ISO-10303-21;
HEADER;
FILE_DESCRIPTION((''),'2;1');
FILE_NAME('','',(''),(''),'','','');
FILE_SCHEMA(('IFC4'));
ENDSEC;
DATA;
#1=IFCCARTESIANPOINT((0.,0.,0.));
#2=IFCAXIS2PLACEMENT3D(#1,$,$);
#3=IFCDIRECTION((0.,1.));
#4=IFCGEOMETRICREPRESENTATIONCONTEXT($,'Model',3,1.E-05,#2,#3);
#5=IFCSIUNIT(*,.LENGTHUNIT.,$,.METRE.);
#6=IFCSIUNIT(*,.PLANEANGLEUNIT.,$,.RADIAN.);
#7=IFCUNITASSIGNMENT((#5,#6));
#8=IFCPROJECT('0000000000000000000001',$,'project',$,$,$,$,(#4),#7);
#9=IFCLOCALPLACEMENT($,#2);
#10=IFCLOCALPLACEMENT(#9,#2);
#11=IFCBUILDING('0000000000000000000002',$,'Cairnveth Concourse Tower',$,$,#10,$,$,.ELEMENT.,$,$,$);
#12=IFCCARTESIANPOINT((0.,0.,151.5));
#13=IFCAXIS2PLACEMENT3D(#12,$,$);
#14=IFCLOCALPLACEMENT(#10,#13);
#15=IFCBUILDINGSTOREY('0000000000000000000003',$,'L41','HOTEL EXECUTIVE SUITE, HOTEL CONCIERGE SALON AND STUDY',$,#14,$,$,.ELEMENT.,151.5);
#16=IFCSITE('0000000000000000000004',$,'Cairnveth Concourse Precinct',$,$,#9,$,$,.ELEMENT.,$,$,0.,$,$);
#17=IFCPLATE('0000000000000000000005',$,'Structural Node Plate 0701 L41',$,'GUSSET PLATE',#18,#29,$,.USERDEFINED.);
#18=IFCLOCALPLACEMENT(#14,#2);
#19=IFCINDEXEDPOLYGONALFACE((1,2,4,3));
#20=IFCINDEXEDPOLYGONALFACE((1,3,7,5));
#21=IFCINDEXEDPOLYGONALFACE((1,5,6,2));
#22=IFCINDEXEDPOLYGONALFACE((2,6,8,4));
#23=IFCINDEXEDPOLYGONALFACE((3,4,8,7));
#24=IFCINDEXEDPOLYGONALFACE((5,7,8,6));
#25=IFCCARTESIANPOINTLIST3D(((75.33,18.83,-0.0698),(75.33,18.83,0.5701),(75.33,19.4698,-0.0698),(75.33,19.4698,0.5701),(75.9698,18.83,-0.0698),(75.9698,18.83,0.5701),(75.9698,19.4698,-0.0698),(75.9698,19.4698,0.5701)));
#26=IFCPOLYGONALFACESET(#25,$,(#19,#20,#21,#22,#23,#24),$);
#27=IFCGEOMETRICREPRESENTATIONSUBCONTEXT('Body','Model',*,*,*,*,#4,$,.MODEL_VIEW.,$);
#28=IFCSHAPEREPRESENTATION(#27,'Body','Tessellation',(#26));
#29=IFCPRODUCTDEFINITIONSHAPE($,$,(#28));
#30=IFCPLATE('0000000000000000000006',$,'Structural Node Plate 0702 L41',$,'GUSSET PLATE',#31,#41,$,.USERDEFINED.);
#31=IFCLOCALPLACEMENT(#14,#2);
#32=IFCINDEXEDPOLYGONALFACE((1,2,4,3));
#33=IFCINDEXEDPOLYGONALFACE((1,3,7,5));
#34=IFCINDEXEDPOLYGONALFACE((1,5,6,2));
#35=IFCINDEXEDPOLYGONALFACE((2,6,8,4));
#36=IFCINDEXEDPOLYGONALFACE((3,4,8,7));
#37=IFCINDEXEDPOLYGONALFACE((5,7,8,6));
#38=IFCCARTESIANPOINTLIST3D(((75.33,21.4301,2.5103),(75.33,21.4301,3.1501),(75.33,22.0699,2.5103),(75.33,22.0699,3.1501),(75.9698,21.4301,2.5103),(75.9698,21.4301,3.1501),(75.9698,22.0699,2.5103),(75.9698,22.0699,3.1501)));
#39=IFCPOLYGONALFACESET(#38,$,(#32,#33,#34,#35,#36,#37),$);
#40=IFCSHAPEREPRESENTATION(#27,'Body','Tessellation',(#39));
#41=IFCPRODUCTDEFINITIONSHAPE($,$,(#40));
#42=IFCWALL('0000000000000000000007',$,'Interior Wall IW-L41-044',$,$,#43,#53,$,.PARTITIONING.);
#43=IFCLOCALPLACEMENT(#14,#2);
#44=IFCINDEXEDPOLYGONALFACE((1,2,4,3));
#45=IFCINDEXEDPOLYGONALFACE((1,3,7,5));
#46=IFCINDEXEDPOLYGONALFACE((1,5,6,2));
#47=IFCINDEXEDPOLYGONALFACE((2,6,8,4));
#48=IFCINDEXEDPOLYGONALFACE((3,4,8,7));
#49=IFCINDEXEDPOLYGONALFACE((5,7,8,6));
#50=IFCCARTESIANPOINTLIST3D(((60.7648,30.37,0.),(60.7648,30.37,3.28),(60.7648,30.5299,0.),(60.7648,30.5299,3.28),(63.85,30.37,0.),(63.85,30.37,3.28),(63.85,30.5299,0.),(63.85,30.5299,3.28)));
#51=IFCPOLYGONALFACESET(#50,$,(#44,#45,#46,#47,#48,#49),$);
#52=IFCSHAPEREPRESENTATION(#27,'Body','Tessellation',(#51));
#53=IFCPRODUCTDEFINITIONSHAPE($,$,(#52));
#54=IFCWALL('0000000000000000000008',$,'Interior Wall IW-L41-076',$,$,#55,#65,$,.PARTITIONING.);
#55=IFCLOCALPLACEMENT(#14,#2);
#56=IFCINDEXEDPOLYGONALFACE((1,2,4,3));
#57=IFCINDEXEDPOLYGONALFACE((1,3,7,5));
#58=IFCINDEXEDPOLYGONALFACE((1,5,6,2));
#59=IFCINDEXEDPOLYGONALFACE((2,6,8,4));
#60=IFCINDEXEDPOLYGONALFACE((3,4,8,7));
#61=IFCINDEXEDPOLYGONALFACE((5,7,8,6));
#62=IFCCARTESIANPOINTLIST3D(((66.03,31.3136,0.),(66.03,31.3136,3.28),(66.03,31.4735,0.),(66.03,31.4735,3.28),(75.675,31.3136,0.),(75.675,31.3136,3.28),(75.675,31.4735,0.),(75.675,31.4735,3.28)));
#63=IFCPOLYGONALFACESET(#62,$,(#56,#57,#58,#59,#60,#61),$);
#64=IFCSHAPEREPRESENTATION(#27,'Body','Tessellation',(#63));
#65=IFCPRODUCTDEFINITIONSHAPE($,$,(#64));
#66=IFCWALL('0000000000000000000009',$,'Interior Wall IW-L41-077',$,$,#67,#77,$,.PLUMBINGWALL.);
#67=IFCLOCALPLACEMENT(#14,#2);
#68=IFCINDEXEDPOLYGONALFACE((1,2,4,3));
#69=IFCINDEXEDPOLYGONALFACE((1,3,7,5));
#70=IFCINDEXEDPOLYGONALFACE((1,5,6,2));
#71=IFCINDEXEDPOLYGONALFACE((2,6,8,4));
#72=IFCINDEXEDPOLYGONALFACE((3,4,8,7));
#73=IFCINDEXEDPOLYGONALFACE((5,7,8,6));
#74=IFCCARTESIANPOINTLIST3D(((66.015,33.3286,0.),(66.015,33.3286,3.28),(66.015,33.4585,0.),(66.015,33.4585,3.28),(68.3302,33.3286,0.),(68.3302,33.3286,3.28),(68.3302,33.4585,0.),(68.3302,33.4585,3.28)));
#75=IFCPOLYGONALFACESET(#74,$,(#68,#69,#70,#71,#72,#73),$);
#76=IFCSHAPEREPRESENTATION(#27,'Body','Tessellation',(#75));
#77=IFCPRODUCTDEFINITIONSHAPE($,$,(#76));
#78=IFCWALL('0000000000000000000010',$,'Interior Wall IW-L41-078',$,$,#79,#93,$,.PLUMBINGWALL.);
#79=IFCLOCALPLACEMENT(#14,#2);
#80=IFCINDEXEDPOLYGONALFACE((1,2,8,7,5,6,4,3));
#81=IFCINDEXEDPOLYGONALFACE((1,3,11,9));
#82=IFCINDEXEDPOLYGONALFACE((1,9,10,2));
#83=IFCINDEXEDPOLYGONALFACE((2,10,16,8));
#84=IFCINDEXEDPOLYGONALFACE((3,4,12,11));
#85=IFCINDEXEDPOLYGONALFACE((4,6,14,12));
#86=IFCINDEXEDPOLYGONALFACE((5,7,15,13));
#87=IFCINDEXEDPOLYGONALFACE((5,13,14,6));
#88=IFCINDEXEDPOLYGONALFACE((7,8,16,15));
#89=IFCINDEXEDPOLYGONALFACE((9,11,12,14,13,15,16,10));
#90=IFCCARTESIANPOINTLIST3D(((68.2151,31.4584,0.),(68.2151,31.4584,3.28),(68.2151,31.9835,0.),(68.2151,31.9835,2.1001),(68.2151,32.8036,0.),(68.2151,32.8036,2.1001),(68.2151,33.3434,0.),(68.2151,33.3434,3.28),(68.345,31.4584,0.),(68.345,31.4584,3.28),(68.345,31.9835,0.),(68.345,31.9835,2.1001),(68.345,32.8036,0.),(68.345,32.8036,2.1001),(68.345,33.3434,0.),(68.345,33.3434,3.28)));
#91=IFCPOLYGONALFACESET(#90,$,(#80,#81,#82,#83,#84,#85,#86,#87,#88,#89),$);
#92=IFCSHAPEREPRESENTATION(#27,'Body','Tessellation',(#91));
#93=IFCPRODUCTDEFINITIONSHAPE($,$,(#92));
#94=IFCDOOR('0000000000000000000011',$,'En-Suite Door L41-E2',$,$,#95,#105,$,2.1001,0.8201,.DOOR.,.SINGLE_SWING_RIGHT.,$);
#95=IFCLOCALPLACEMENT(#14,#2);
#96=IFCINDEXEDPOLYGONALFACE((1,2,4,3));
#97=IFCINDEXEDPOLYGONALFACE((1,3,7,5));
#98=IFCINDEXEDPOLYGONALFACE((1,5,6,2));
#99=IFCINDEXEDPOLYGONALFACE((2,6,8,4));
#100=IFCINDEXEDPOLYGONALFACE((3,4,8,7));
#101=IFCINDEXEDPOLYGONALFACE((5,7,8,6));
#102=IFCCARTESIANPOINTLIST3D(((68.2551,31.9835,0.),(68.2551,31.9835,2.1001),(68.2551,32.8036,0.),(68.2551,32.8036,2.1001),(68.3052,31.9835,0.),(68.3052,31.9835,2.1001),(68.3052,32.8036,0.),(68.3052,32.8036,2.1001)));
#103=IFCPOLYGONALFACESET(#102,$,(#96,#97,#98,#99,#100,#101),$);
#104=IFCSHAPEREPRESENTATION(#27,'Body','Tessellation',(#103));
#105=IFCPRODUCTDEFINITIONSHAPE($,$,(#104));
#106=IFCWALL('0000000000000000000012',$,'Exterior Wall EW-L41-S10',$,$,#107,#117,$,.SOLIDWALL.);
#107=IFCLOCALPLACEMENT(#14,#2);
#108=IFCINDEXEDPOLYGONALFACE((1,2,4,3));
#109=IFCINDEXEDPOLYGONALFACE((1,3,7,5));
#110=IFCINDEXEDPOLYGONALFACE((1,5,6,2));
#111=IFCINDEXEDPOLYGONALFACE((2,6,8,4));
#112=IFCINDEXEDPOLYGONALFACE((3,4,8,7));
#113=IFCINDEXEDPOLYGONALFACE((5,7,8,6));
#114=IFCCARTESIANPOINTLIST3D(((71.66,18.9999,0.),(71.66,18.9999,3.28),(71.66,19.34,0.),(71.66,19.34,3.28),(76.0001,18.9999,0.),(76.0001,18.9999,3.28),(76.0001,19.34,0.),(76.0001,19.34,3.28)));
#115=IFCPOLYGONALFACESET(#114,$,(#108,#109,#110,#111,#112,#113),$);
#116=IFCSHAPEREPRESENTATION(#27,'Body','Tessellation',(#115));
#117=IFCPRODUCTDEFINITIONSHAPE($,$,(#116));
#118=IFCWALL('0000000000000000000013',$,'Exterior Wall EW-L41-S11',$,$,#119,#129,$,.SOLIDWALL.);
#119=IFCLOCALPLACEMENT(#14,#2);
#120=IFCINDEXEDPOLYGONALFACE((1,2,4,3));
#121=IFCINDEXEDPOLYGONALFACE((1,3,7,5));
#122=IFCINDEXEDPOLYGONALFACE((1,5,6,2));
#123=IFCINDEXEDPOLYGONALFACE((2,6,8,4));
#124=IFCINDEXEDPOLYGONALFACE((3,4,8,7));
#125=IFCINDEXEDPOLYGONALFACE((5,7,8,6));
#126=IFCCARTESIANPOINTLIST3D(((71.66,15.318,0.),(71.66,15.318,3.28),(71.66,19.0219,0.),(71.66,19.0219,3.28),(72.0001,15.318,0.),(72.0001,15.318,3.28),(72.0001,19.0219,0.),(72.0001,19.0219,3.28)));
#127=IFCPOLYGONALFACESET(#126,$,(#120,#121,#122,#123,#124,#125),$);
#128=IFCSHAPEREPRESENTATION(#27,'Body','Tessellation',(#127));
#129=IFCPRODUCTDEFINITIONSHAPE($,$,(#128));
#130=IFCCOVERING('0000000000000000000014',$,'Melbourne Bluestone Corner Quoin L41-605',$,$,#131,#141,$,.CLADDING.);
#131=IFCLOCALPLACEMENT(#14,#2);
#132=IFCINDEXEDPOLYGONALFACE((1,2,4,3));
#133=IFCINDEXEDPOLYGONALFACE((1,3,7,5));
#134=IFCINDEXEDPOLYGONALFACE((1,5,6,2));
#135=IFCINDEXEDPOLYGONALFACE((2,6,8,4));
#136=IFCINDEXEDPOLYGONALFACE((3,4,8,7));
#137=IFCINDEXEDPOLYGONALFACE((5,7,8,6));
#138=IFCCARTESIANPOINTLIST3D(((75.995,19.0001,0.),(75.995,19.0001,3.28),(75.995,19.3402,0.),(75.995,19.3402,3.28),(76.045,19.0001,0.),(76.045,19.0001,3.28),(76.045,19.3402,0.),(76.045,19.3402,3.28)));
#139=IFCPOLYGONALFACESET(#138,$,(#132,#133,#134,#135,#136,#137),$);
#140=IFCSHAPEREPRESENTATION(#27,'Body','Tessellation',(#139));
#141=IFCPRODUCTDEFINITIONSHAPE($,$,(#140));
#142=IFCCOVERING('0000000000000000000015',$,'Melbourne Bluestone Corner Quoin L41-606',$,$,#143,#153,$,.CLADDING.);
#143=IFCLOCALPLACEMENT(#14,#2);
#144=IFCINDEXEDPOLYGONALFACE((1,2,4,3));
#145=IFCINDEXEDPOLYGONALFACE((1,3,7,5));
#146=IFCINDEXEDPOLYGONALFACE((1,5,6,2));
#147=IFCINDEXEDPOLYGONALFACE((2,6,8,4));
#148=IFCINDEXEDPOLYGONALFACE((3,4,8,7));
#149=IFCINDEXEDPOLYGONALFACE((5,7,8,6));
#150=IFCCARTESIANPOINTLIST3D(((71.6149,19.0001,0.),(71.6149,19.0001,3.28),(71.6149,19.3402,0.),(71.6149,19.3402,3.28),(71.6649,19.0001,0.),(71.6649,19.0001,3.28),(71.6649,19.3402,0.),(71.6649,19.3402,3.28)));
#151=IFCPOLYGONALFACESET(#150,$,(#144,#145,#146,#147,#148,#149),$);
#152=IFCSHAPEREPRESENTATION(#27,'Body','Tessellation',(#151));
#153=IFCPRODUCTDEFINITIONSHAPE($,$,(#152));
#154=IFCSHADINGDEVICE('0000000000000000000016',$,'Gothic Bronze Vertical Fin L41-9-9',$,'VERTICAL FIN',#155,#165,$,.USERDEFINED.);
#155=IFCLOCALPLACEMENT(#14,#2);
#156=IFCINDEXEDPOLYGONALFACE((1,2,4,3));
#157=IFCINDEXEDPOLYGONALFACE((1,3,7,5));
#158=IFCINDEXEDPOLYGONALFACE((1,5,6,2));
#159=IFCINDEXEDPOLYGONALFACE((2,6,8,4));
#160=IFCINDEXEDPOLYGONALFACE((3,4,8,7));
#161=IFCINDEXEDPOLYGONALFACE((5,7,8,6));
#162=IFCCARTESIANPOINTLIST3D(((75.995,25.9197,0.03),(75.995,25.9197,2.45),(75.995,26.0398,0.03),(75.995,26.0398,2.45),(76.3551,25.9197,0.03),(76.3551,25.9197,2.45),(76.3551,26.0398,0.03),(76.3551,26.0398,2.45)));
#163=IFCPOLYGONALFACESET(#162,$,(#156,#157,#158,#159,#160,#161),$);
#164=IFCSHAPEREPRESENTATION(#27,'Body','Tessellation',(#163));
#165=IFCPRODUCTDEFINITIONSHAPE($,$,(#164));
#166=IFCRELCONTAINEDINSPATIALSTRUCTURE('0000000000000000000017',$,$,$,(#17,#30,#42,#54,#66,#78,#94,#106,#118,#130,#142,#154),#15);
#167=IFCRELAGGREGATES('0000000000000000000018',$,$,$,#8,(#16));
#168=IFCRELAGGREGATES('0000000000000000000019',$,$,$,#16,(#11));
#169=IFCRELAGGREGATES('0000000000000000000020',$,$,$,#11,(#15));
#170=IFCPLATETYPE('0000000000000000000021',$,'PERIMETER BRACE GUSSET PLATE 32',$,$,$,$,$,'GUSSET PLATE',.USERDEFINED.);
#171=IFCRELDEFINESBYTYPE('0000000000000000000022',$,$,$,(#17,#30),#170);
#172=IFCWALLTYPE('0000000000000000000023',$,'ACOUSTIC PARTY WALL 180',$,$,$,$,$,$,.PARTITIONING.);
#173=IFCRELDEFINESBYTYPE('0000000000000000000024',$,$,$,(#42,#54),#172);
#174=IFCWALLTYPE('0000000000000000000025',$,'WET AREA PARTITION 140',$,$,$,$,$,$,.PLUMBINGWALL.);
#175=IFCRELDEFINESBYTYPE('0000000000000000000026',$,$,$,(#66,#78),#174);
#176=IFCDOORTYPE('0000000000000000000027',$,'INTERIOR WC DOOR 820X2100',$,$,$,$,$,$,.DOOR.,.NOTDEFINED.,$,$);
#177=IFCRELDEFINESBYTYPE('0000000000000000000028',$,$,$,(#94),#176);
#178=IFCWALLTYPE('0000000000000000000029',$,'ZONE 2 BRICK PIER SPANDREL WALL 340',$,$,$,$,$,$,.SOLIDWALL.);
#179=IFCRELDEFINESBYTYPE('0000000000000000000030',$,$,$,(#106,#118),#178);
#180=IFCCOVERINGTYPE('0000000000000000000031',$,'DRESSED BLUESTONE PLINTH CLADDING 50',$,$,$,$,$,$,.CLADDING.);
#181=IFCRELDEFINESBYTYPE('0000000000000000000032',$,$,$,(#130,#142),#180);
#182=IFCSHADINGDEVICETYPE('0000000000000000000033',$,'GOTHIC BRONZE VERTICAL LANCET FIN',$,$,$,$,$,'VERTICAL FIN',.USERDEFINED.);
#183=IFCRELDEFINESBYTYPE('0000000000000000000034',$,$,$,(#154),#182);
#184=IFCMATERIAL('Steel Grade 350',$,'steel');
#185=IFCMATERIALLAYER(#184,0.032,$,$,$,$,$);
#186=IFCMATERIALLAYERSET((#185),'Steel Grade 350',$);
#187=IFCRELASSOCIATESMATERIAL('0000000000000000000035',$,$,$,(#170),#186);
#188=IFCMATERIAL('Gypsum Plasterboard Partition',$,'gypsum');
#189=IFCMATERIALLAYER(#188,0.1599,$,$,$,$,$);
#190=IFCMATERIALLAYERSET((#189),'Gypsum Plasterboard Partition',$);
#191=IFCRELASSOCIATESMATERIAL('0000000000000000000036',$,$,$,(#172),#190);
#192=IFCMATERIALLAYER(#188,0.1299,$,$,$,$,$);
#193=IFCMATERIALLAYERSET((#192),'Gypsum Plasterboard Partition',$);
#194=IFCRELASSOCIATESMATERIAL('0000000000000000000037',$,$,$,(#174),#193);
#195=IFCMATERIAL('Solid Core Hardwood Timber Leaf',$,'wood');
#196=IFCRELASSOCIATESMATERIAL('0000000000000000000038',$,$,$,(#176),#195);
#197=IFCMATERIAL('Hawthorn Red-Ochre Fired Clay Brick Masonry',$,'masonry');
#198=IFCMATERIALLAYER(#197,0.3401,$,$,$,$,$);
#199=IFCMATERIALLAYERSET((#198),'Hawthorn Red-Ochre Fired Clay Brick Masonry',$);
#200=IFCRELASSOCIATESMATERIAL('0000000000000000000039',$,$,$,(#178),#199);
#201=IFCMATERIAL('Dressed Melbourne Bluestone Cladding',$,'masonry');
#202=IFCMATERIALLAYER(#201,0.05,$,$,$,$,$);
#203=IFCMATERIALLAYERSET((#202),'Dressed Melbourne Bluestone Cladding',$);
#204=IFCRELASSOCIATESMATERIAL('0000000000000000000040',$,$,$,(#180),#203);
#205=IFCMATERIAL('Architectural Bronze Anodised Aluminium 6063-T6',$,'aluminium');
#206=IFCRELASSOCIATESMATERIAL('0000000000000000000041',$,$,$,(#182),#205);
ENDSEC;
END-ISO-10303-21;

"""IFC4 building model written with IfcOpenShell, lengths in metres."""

from ifc_helpers import new_model, si_unit, direction, frame, frame_2d, origin, origin_2d, place, context, subcontext, project, spatial, rectangle, extrude, material, layer, layer_set, type_object, element, fill, save


model = new_model("IFC4")

# Units and contexts
model_context = context("Model", 3, precision=1e-05, world=origin(), true_north=direction((0.0, 1.0)))
body_context = subcontext(model_context, "Body", "Model", "MODEL_VIEW")
ifc_project = project(units=[si_unit("LENGTHUNIT", "METRE"), si_unit("PLANEANGLEUNIT", "RADIAN")], contexts=[model_context])

# Site, building, storey
site_placement = place(None, origin())
site = spatial("IfcSite", under=ifc_project, at=site_placement, Name="Cairnveth Concourse Precinct", CompositionType="ELEMENT", RefElevation=0.0)
building_placement = place(site_placement, origin())
building = spatial("IfcBuilding", under=site, at=building_placement, Name="Cairnveth Concourse Tower", CompositionType="ELEMENT")
storey_placement = place(building_placement, frame((0.0, 0.0, 151.5)))
storey = spatial("IfcBuildingStorey", under=building, at=storey_placement, Name="L41", Description="HOTEL EXECUTIVE SUITE, HOTEL CONCIERGE SALON AND STUDY", CompositionType="ELEMENT", Elevation=151.5)

# Shared definitions
ifc_material_1 = material(Name="Steel Grade 350", Category="steel")

# Plates
ifc_layer_1 = layer(ifc_material_1, 0.032)
ifc_layer_set_1 = layer_set([ifc_layer_1], Name="Steel Grade 350")
plate_type = type_object("IfcPlateType", Name="PERIMETER BRACE GUSSET PLATE 32", ElementType="GUSSET PLATE", PredefinedType="USERDEFINED", material=ifc_layer_set_1)
for number, where, z_axis, x_axis, name in (
    (1, (75.6499, 19.1499, -0.0698), (0.0, 0.0, 1.0), (1.0, 0.0, 0.0), "Structural Node Plate 0701 L41"),
    (2, (75.6499, 21.75, 2.5103), (0.0, 0.0, 1.0), (1.0, 0.0, 0.0), "Structural Node Plate 0702 L41"),
):
    element("IfcPlate", number, at=place(storey_placement, frame(where, z_axis=z_axis, x_axis=x_axis)), inside=storey, type_object=plate_type, Name=name, ObjectType="GUSSET PLATE", PredefinedType="USERDEFINED", context=body_context, shape_type="SweptSolid", body=[
        extrude(rectangle(XDim=0.6399, YDim=0.6399, at=origin_2d()), origin(), (0.0, 0.0, 1.0), 0.6399),
    ])

# Walls
ifc_material_2 = material(Name="Gypsum Plasterboard Partition", Category="gypsum")
ifc_layer_2 = layer(ifc_material_2, 0.1599)
ifc_layer_set_2 = layer_set([ifc_layer_2], Name="Gypsum Plasterboard Partition")
wall_type_1 = type_object("IfcWallType", Name="ACOUSTIC PARTY WALL 180", PredefinedType="PARTITIONING", material=ifc_layer_set_2)
wall_1_placement = place(storey_placement, frame((60.7649, 30.45, 0.0), z_axis=(0.0, 0.0, 1.0), x_axis=(1.0, 0.0, 0.0)))
element("IfcWall", 3, at=wall_1_placement, inside=storey, type_object=wall_type_1, Name="Interior Wall IW-L41-044", PredefinedType="PARTITIONING", context=body_context, shape_type="SweptSolid", body=[
    extrude(rectangle(XDim=3.0852, YDim=0.1599, at=frame_2d((1.5425, 0.0))), origin(), (0.0, 0.0, 1.0), 3.28),
])
wall_2_placement = place(storey_placement, frame((66.03, 31.3936, 0.0), z_axis=(0.0, 0.0, 1.0), x_axis=(1.0, 0.0, 0.0)))
element("IfcWall", 4, at=wall_2_placement, inside=storey, type_object=wall_type_1, Name="Interior Wall IW-L41-076", PredefinedType="PARTITIONING", context=body_context, shape_type="SweptSolid", body=[
    extrude(rectangle(XDim=9.645, YDim=0.1599, at=frame_2d((4.8225, 0.0))), origin(), (0.0, 0.0, 1.0), 3.28),
])
ifc_layer_3 = layer(ifc_material_2, 0.1299)
ifc_layer_set_3 = layer_set([ifc_layer_3], Name="Gypsum Plasterboard Partition")
wall_type_2 = type_object("IfcWallType", Name="WET AREA PARTITION 140", PredefinedType="PLUMBINGWALL", material=ifc_layer_set_3)
wall_3_placement = place(storey_placement, frame((66.0149, 33.3936, 0.0), z_axis=(0.0, 0.0, 1.0), x_axis=(1.0, 0.0, 0.0)))
element("IfcWall", 5, at=wall_3_placement, inside=storey, type_object=wall_type_2, Name="Interior Wall IW-L41-077", PredefinedType="PLUMBINGWALL", context=body_context, shape_type="SweptSolid", body=[
    extrude(rectangle(XDim=2.3152, YDim=0.1299, at=frame_2d((1.1577, 0.0))), origin(), (0.0, 0.0, 1.0), 3.28),
])

# Wall, opening, door
wall_4_placement = place(storey_placement, frame((68.28, 31.4585, 0.0), z_axis=(0.0, 0.0, 1.0), x_axis=(0.0, 1.0, 0.0)))
wall_4 = element("IfcWall", 6, at=wall_4_placement, inside=storey, type_object=wall_type_2, Name="Interior Wall IW-L41-078", PredefinedType="PLUMBINGWALL", context=body_context, shape_type="SweptSolid", body=[
    extrude(rectangle(XDim=1.885, YDim=0.1299, at=frame_2d((0.9424, 0.0))), origin(), (0.0, 0.0, 1.0), 3.28),
])
opening_placement = place(wall_4_placement, frame((0.5249, 0.0, 0.0)))
opening = element("IfcOpeningElement", 7, at=opening_placement, cuts=wall_4, PredefinedType="OPENING", context=body_context, shape_type="SweptSolid", body=[
    extrude(rectangle(XDim=0.8201, YDim=2.1001, at=frame_2d((0.4102, 1.05))), frame((0.0, 0.075, 0.0), z_axis=(0.0, -1.0, 0.0), x_axis=(1.0, 0.0, 0.0)), (0.0, 0.0, 1.0), 0.1499),
])
ifc_material_3 = material(Name="Solid Core Hardwood Timber Leaf", Category="wood")
door_type = type_object("IfcDoorType", Name="INTERIOR WC DOOR 820X2100", OperationType="NOTDEFINED", PredefinedType="DOOR", material=ifc_material_3)
door_placement = place(opening_placement, origin())
door = element("IfcDoor", 8, at=door_placement, inside=storey, type_object=door_type, Name="En-Suite Door L41-E2", OperationType="SINGLE_SWING_RIGHT", OverallHeight=2.1001, OverallWidth=0.8201, PredefinedType="DOOR", context=body_context, shape_type="SweptSolid", body=[
    extrude(rectangle(XDim=0.8201, YDim=2.1001, at=frame_2d((0.4102, 1.05))), frame((0.0, 0.0249, 0.0), z_axis=(0.0, -1.0, 0.0), x_axis=(1.0, 0.0, 0.0)), (0.0, 0.0, 1.0), 0.05),
])
fill(opening, door)

# Walls
ifc_material_4 = material(Name="Hawthorn Red-Ochre Fired Clay Brick Masonry", Category="masonry")
ifc_layer_4 = layer(ifc_material_4, 0.3401)
ifc_layer_set_4 = layer_set([ifc_layer_4], Name="Hawthorn Red-Ochre Fired Clay Brick Masonry")
wall_type_3 = type_object("IfcWallType", Name="ZONE 2 BRICK PIER SPANDREL WALL 340", PredefinedType="SOLIDWALL", material=ifc_layer_set_4)
wall_5_placement = place(storey_placement, frame((76.0, 19.1699, 0.0), z_axis=(0.0, 0.0, 1.0), x_axis=(-1.0, 0.0, 0.0)))
element("IfcWall", 9, at=wall_5_placement, inside=storey, type_object=wall_type_3, Name="Exterior Wall EW-L41-S10", PredefinedType="SOLIDWALL", context=body_context, shape_type="SweptSolid", body=[
    extrude(rectangle(XDim=4.3401, YDim=0.3401, at=frame_2d((2.1699, 0.0))), origin(), (0.0, 0.0, 1.0), 3.28),
])
wall_6_placement = place(storey_placement, frame((71.8301, 19.022, 0.0), z_axis=(0.0, 0.0, 1.0), x_axis=(0.0, -1.0, 0.0)))
element("IfcWall", 10, at=wall_6_placement, inside=storey, type_object=wall_type_3, Name="Exterior Wall EW-L41-S11", PredefinedType="SOLIDWALL", context=body_context, shape_type="SweptSolid", body=[
    extrude(rectangle(XDim=3.7039, YDim=0.3401, at=frame_2d((1.8521, 0.0))), origin(), (0.0, 0.0, 1.0), 3.28),
])

# Coverings
ifc_material_5 = material(Name="Dressed Melbourne Bluestone Cladding", Category="masonry")
ifc_layer_5 = layer(ifc_material_5, 0.05)
ifc_layer_set_5 = layer_set([ifc_layer_5], Name="Dressed Melbourne Bluestone Cladding")
covering_type = type_object("IfcCoveringType", Name="DRESSED BLUESTONE PLINTH CLADDING 50", PredefinedType="CLADDING", material=ifc_layer_set_5)
for number, where, z_axis, x_axis, name in (
    (11, (76.02, 19.3401, 0.0), (0.0, 0.0, 1.0), (0.0, -1.0, 0.0), "Melbourne Bluestone Corner Quoin L41-605"),
    (12, (71.6399, 19.3401, 0.0), (0.0, 0.0, 1.0), (0.0, -1.0, 0.0), "Melbourne Bluestone Corner Quoin L41-606"),
):
    element("IfcCovering", number, at=place(storey_placement, frame(where, z_axis=z_axis, x_axis=x_axis)), inside=storey, type_object=covering_type, Name=name, PredefinedType="CLADDING", context=body_context, shape_type="SweptSolid", body=[
        extrude(rectangle(XDim=0.3401, YDim=0.05, at=frame_2d((0.1699, 0.0))), origin(), (0.0, 0.0, 1.0), 3.28),
    ])

# Shading device
ifc_material_6 = material(Name="Architectural Bronze Anodised Aluminium 6063-T6", Category="aluminium")
shading_device_type = type_object("IfcShadingDeviceType", Name="GOTHIC BRONZE VERTICAL LANCET FIN", ElementType="VERTICAL FIN", PredefinedType="USERDEFINED", material=ifc_material_6)
shading_device_placement = place(storey_placement, frame((76.175, 25.9797, 0.03), z_axis=(0.0, 0.0, 1.0), x_axis=(0.0, 1.0, 0.0)))
element("IfcShadingDevice", 13, at=shading_device_placement, inside=storey, type_object=shading_device_type, Name="Gothic Bronze Vertical Fin L41-9-9", ObjectType="VERTICAL FIN", PredefinedType="USERDEFINED", context=body_context, shape_type="SweptSolid", body=[
    extrude(rectangle(XDim=0.1201, YDim=0.3601, at=origin_2d()), origin(), (0.0, 0.0, 1.0), 2.4199),
])

save(model, "model.ifc")
